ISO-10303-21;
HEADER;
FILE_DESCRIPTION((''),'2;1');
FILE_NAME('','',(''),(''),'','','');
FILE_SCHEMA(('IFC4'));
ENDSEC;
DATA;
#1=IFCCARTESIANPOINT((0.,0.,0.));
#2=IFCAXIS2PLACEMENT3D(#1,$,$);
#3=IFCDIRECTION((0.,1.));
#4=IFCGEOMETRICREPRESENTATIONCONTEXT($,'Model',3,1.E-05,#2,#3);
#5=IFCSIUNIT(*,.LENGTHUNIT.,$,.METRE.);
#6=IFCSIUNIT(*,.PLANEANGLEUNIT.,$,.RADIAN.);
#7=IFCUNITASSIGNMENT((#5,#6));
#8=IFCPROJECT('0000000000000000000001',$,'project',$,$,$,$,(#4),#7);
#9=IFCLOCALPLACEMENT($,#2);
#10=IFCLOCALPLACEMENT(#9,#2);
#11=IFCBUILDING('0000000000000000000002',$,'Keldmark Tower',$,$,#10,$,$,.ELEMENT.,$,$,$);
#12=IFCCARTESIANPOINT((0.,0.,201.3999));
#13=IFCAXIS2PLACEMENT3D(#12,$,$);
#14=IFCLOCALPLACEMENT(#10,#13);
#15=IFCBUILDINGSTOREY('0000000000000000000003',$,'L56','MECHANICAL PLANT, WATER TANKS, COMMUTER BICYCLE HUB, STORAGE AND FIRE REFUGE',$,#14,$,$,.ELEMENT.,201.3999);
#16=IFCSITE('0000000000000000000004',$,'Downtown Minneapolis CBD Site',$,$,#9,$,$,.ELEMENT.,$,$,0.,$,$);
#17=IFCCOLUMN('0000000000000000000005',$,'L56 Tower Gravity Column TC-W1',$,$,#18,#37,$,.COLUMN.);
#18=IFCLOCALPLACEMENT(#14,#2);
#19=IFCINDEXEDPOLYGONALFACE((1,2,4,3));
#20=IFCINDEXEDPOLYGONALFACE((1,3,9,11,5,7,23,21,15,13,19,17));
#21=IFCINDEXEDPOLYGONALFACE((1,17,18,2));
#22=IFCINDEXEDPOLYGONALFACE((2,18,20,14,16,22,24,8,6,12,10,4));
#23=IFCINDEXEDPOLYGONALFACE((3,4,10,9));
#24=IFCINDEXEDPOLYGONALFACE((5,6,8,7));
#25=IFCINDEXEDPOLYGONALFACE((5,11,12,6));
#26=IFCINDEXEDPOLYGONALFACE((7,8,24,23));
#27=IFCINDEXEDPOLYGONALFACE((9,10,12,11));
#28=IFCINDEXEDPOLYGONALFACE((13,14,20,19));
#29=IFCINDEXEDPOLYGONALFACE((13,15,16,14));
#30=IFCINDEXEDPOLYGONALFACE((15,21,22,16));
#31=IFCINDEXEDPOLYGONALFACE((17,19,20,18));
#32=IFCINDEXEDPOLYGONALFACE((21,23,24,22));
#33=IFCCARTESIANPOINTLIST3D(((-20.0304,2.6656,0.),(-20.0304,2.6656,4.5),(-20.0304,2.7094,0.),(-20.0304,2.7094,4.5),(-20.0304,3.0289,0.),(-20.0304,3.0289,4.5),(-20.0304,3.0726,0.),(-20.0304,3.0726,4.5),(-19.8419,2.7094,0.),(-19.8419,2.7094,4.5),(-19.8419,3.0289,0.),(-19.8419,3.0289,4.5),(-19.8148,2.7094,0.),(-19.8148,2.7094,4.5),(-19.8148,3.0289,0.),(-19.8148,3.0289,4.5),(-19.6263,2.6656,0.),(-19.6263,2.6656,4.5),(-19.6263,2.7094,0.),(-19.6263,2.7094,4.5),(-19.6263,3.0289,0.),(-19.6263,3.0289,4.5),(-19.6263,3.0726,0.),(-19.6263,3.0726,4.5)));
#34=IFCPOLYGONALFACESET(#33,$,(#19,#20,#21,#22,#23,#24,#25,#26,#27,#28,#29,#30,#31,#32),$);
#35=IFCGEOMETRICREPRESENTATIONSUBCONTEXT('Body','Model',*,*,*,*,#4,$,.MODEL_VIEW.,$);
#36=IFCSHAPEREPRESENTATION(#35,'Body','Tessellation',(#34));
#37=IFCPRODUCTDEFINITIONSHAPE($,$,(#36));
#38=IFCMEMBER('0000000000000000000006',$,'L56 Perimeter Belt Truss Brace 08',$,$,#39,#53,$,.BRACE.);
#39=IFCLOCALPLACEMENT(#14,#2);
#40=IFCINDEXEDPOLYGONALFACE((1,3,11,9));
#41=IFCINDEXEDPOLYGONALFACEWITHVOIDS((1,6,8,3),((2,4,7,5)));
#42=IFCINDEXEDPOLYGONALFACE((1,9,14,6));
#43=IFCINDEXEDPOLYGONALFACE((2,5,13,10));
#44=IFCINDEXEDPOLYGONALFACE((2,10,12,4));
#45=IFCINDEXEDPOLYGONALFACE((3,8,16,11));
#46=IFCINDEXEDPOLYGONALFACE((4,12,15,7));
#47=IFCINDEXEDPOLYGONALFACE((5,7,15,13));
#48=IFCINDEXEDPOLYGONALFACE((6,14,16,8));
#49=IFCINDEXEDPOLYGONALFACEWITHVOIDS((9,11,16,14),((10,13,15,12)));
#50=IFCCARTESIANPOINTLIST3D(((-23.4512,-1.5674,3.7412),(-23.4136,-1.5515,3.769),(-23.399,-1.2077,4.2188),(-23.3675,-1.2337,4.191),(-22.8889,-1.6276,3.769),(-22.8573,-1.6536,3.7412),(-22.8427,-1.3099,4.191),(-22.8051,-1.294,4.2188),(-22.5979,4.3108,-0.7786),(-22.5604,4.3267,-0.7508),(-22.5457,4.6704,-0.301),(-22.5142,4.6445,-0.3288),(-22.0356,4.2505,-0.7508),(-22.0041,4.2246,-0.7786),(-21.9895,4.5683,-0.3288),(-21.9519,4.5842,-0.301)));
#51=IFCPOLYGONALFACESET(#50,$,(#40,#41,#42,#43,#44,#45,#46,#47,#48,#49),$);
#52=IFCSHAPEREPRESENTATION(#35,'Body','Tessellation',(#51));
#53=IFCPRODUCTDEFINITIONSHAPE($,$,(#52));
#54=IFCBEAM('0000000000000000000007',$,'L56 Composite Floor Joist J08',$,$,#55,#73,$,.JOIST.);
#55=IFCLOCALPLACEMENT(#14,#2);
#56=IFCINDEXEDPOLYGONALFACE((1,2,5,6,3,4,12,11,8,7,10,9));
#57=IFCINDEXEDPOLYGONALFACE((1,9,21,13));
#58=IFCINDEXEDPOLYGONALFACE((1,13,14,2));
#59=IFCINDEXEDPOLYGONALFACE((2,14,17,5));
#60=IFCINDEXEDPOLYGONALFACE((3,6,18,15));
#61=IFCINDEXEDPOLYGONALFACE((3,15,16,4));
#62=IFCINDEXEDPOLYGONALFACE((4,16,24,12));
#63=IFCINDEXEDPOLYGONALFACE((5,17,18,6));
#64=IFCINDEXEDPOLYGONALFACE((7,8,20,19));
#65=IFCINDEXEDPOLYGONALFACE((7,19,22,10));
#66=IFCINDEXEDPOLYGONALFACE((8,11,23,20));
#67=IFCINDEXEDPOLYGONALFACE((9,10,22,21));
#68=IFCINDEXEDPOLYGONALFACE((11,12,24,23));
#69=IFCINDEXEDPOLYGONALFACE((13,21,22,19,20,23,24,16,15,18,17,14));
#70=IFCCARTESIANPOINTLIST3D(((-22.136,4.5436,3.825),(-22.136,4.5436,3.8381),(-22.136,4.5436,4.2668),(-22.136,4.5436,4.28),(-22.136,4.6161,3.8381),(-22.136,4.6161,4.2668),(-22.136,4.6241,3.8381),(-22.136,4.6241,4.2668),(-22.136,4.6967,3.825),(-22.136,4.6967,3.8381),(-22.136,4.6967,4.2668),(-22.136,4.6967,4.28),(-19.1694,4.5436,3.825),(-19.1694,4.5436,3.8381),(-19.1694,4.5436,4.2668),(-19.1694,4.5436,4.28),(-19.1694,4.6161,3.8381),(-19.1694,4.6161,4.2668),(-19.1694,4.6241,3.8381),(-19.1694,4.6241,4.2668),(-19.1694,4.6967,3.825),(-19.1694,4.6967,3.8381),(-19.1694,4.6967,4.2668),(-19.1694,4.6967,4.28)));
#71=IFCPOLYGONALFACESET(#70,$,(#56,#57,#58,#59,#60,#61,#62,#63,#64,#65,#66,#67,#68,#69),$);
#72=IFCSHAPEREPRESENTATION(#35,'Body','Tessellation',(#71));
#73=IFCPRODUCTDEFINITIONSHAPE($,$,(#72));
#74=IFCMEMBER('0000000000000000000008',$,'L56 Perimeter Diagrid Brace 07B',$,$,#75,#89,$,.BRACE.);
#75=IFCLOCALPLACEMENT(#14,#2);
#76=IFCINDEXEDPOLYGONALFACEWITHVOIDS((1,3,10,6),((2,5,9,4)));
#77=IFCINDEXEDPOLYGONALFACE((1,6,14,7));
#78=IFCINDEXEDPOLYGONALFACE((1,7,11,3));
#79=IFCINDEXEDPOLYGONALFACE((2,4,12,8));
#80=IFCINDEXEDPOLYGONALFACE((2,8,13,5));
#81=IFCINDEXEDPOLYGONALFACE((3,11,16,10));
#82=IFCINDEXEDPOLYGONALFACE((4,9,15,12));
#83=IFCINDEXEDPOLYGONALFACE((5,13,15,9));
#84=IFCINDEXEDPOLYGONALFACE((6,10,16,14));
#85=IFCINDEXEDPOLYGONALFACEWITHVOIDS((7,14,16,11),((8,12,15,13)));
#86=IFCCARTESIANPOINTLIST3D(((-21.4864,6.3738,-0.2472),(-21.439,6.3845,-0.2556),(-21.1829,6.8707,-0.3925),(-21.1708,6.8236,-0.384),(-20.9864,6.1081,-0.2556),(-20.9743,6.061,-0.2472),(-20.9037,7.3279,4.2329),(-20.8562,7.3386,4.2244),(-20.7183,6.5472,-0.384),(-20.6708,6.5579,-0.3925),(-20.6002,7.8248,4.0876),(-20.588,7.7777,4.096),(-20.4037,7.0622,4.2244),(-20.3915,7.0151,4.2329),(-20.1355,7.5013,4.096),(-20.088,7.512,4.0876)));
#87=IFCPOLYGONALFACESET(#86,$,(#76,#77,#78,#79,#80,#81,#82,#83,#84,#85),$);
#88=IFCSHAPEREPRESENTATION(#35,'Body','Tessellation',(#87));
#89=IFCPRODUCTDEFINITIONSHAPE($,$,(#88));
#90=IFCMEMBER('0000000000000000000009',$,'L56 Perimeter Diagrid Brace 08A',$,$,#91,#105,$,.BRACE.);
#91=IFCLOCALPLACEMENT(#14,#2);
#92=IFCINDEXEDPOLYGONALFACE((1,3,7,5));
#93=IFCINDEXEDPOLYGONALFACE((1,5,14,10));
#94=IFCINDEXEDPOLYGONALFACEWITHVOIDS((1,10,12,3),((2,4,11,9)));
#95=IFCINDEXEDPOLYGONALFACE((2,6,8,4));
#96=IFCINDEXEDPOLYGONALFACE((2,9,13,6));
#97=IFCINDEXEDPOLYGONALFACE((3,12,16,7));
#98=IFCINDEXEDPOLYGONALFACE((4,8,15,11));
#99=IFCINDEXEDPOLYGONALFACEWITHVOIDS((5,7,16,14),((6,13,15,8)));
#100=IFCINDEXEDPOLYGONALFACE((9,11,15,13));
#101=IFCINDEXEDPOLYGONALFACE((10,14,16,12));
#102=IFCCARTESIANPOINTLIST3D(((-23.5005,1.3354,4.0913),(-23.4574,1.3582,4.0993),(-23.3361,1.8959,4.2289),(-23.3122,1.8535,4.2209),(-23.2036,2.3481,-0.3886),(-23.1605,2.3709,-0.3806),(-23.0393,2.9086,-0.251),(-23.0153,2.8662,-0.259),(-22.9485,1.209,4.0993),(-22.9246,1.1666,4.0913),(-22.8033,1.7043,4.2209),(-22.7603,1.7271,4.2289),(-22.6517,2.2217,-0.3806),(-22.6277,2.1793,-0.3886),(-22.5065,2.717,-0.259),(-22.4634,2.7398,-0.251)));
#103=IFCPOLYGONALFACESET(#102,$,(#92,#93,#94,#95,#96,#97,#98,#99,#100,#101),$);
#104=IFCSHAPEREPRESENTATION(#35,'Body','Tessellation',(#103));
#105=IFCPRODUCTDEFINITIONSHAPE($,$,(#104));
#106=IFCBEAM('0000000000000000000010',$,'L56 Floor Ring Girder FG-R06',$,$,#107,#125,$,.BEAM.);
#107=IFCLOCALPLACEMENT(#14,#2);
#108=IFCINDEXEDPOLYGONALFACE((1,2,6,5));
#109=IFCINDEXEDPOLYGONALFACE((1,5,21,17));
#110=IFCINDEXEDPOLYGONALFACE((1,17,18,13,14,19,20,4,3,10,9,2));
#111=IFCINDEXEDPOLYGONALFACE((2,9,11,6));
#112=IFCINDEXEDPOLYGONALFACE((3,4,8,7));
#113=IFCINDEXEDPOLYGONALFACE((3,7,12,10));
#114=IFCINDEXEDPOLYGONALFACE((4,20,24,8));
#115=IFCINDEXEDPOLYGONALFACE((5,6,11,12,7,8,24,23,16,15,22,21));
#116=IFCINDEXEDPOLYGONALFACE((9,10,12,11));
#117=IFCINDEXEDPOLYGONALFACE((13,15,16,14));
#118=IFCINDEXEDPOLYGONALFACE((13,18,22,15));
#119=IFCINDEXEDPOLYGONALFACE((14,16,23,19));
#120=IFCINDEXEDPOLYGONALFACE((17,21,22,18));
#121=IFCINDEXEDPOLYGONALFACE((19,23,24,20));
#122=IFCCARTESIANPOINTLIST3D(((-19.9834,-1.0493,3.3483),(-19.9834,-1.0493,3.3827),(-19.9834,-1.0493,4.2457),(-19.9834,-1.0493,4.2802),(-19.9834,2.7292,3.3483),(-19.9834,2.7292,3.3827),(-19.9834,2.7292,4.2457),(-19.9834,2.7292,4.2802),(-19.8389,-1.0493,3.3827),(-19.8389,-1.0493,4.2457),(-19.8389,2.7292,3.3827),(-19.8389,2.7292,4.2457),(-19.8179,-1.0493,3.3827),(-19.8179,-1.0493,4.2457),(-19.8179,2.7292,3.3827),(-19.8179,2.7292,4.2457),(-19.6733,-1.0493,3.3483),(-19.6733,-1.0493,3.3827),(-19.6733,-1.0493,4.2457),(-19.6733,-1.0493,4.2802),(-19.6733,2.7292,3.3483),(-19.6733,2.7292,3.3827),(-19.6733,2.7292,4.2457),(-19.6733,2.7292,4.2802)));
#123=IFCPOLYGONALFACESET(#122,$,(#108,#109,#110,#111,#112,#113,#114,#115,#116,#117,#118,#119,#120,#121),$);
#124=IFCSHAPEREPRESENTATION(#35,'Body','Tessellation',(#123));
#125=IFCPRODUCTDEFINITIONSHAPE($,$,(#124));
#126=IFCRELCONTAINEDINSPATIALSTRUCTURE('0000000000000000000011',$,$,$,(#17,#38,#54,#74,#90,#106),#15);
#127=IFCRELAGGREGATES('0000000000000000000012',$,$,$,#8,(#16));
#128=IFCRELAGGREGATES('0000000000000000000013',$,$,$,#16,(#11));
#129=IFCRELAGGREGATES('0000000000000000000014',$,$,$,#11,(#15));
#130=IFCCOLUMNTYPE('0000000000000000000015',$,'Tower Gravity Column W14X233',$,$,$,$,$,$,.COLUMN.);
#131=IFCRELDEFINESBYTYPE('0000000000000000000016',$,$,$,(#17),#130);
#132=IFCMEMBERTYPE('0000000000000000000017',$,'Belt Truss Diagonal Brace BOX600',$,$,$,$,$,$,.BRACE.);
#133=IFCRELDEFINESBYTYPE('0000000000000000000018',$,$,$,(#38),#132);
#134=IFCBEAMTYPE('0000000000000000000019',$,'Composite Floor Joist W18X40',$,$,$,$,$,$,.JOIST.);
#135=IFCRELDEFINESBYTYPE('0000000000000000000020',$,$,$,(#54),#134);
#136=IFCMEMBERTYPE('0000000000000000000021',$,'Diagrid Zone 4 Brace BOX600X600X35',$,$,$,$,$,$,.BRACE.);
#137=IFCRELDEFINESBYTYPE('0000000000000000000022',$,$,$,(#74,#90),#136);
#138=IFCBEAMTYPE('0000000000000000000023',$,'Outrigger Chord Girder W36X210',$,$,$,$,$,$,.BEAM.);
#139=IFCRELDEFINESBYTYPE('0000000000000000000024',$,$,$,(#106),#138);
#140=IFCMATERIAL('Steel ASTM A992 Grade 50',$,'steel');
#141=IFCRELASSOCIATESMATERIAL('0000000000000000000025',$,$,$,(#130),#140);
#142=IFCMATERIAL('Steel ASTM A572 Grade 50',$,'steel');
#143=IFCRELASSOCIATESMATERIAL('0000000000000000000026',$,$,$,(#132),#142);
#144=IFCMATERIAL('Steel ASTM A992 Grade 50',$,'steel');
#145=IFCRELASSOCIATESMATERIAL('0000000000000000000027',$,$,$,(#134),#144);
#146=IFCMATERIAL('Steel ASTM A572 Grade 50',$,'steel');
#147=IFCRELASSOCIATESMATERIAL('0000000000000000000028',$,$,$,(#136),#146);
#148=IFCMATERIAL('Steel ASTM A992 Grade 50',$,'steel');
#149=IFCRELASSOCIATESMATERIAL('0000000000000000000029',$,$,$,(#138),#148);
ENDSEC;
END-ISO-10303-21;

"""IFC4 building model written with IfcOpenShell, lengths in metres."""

from ifc_helpers import new_model, si_unit, direction, frame, origin, origin_2d, place, context, subcontext, project, spatial, hollow_rectangle, i_section, extrude, material, material_profile, profile_set, type_object, element, save


model = new_model("IFC4")

# Units and contexts
model_context = context("Model", 3, precision=1e-05, world=origin(), true_north=direction((0.0, 1.0)))
body_context = subcontext(model_context, "Body", "Model", "MODEL_VIEW")
ifc_project = project(units=[si_unit("LENGTHUNIT", "METRE"), si_unit("PLANEANGLEUNIT", "RADIAN")], contexts=[model_context])

# Site, building, storey
site_placement = place(None, origin())
site = spatial("IfcSite", under=ifc_project, at=site_placement, Name="Downtown Minneapolis CBD Site", CompositionType="ELEMENT", RefElevation=0.0)
building_placement = place(site_placement, origin())
building = spatial("IfcBuilding", under=site, at=building_placement, Name="Keldmark Tower", CompositionType="ELEMENT")
storey_placement = place(building_placement, frame((0.0, 0.0, 201.3999)))
storey = spatial("IfcBuildingStorey", under=building, at=storey_placement, Name="L56", Description="MECHANICAL PLANT, WATER TANKS, COMMUTER BICYCLE HUB, STORAGE AND FIRE REFUGE", CompositionType="ELEMENT", Elevation=201.3999)

# Column
ifc_material_1 = material(Name="Steel ASTM A992 Grade 50", Category="steel")
ifc_material_profile_1 = material_profile(ifc_material_1, i_section(OverallWidth=0.4041, OverallDepth=0.407, WebThickness=0.0271, FlangeThickness=0.0437, at=origin_2d()), Name="W14X233")
ifc_profile_set_1 = profile_set([ifc_material_profile_1], Name="Steel ASTM A992 Grade 50")
column_type = type_object("IfcColumnType", Name="Tower Gravity Column W14X233", PredefinedType="COLUMN", material=ifc_profile_set_1)
column_placement = place(storey_placement, frame((-19.8284, 2.8691, 0.0), z_axis=(0.0, 0.0, 1.0), x_axis=(1.0, 0.0, 0.0)))
element("IfcColumn", 1, at=column_placement, inside=storey, type_object=column_type, Name="L56 Tower Gravity Column TC-W1", PredefinedType="COLUMN", context=body_context, shape_type="SweptSolid", body=[
    extrude(i_section(OverallWidth=0.4041, OverallDepth=0.407, WebThickness=0.0271, FlangeThickness=0.0437, at=origin_2d()), origin(), (0.0, 0.0, 1.0), 4.5),
])

# Member
ifc_material_2 = material(Name="Steel ASTM A572 Grade 50", Category="steel")
ifc_material_profile_2 = material_profile(ifc_material_2, hollow_rectangle(XDim=0.6001, YDim=0.6001, WallThickness=0.0349, at=origin_2d()), Name="BOX600X600X35")
ifc_profile_set_2 = profile_set([ifc_material_profile_2], Name="Steel ASTM A572 Grade 50")
member_type_1 = type_object("IfcMemberType", Name="Belt Truss Diagonal Brace BOX600", PredefinedType="BRACE", material=ifc_profile_set_2)
member_1_placement = place(storey_placement, frame((-22.2749, 4.4475, -0.5398), z_axis=(-0.11432, -0.78755, 0.605554), x_axis=(0.989628, -0.143654, 0.0)))
element("IfcMember", 2, at=member_1_placement, inside=storey, type_object=member_type_1, Name="L56 Perimeter Belt Truss Brace 08", PredefinedType="BRACE", context=body_context, shape_type="SweptSolid", body=[
    extrude(hollow_rectangle(XDim=0.6001, YDim=0.6001, WallThickness=0.0349, at=origin_2d()), origin(), (0.0, 0.0, 1.0), 7.4639),
])

# Beam
ifc_material_3 = material(Name="Steel ASTM A992 Grade 50", Category="steel")
ifc_material_profile_3 = material_profile(ifc_material_3, i_section(OverallWidth=0.1531, OverallDepth=0.4551, WebThickness=0.0081, FlangeThickness=0.0132, at=origin_2d()), Name="W18X40")
ifc_profile_set_3 = profile_set([ifc_material_profile_3], Name="Steel ASTM A992 Grade 50")
beam_type_1 = type_object("IfcBeamType", Name="Composite Floor Joist W18X40", PredefinedType="JOIST", material=ifc_profile_set_3)
beam_1_placement = place(storey_placement, frame((-22.136, 4.6201, 4.0525), z_axis=(1.0, 0.0, 0.0), x_axis=(0.0, 1.0, 0.0)))
element("IfcBeam", 3, at=beam_1_placement, inside=storey, type_object=beam_type_1, Name="L56 Composite Floor Joist J08", PredefinedType="JOIST", context=body_context, shape_type="SweptSolid", body=[
    extrude(i_section(OverallWidth=0.1531, OverallDepth=0.4551, WebThickness=0.0081, FlangeThickness=0.0132, at=origin_2d()), origin(), (0.0, 0.0, 1.0), 2.9666),
])

# Members
ifc_material_4 = material(Name="Steel ASTM A572 Grade 50", Category="steel")
ifc_material_profile_4 = material_profile(ifc_material_4, hollow_rectangle(XDim=0.6001, YDim=0.6001, WallThickness=0.0349, at=origin_2d()), Name="BOX600X600X35")
ifc_profile_set_4 = profile_set([ifc_material_profile_4], Name="Steel ASTM A572 Grade 50")
member_type_2 = type_object("IfcMemberType", Name="Diagrid Zone 4 Brace BOX600X600X35", PredefinedType="BRACE", material=ifc_profile_set_4)
member_2_placement = place(storey_placement, frame((-21.0786, 6.4658, -0.3198), z_axis=(0.126211, 0.206633, 0.970244), x_axis=(-0.853401, 0.521256, 0.0)))
element("IfcMember", 4, at=member_2_placement, inside=storey, type_object=member_type_2, Name="L56 Perimeter Diagrid Brace 07B", PredefinedType="BRACE", context=body_context, shape_type="SweptSolid", body=[
    extrude(hollow_rectangle(XDim=0.6001, YDim=0.6001, WallThickness=0.0349, at=origin_2d()), origin(), (0.0, 0.0, 1.0), 4.6174),
])
member_3_placement = place(storey_placement, frame((-22.8335, 2.5439, -0.3198), z_axis=(-0.064502, -0.220027, 0.973359), x_axis=(0.959616, -0.281315, 0.0)))
element("IfcMember", 5, at=member_3_placement, inside=storey, type_object=member_type_2, Name="L56 Perimeter Diagrid Brace 08A", PredefinedType="BRACE", context=body_context, shape_type="SweptSolid", body=[
    extrude(hollow_rectangle(XDim=0.6001, YDim=0.6001, WallThickness=0.0349, at=origin_2d()), origin(), (0.0, 0.0, 1.0), 4.6025),
])

# Beam
ifc_material_5 = material(Name="Steel ASTM A992 Grade 50", Category="steel")
ifc_material_profile_5 = material_profile(ifc_material_5, i_section(OverallWidth=0.3101, OverallDepth=0.9319, WebThickness=0.021, FlangeThickness=0.0344, at=origin_2d()), Name="W36X210")
ifc_profile_set_5 = profile_set([ifc_material_profile_5], Name="Steel ASTM A992 Grade 50")
beam_type_2 = type_object("IfcBeamType", Name="Outrigger Chord Girder W36X210", PredefinedType="BEAM", material=ifc_profile_set_5)
beam_2_placement = place(storey_placement, frame((-19.8284, 2.7292, 3.8142), z_axis=(0.0, -1.0, 0.0), x_axis=(1.0, 0.0, 0.0)))
element("IfcBeam", 6, at=beam_2_placement, inside=storey, type_object=beam_type_2, Name="L56 Floor Ring Girder FG-R06", PredefinedType="BEAM", context=body_context, shape_type="SweptSolid", body=[
    extrude(i_section(OverallWidth=0.3101, OverallDepth=0.9319, WebThickness=0.021, FlangeThickness=0.0344, at=origin_2d()), origin(), (0.0, 0.0, 1.0), 3.7786),
])

save(model, "model.ifc")
